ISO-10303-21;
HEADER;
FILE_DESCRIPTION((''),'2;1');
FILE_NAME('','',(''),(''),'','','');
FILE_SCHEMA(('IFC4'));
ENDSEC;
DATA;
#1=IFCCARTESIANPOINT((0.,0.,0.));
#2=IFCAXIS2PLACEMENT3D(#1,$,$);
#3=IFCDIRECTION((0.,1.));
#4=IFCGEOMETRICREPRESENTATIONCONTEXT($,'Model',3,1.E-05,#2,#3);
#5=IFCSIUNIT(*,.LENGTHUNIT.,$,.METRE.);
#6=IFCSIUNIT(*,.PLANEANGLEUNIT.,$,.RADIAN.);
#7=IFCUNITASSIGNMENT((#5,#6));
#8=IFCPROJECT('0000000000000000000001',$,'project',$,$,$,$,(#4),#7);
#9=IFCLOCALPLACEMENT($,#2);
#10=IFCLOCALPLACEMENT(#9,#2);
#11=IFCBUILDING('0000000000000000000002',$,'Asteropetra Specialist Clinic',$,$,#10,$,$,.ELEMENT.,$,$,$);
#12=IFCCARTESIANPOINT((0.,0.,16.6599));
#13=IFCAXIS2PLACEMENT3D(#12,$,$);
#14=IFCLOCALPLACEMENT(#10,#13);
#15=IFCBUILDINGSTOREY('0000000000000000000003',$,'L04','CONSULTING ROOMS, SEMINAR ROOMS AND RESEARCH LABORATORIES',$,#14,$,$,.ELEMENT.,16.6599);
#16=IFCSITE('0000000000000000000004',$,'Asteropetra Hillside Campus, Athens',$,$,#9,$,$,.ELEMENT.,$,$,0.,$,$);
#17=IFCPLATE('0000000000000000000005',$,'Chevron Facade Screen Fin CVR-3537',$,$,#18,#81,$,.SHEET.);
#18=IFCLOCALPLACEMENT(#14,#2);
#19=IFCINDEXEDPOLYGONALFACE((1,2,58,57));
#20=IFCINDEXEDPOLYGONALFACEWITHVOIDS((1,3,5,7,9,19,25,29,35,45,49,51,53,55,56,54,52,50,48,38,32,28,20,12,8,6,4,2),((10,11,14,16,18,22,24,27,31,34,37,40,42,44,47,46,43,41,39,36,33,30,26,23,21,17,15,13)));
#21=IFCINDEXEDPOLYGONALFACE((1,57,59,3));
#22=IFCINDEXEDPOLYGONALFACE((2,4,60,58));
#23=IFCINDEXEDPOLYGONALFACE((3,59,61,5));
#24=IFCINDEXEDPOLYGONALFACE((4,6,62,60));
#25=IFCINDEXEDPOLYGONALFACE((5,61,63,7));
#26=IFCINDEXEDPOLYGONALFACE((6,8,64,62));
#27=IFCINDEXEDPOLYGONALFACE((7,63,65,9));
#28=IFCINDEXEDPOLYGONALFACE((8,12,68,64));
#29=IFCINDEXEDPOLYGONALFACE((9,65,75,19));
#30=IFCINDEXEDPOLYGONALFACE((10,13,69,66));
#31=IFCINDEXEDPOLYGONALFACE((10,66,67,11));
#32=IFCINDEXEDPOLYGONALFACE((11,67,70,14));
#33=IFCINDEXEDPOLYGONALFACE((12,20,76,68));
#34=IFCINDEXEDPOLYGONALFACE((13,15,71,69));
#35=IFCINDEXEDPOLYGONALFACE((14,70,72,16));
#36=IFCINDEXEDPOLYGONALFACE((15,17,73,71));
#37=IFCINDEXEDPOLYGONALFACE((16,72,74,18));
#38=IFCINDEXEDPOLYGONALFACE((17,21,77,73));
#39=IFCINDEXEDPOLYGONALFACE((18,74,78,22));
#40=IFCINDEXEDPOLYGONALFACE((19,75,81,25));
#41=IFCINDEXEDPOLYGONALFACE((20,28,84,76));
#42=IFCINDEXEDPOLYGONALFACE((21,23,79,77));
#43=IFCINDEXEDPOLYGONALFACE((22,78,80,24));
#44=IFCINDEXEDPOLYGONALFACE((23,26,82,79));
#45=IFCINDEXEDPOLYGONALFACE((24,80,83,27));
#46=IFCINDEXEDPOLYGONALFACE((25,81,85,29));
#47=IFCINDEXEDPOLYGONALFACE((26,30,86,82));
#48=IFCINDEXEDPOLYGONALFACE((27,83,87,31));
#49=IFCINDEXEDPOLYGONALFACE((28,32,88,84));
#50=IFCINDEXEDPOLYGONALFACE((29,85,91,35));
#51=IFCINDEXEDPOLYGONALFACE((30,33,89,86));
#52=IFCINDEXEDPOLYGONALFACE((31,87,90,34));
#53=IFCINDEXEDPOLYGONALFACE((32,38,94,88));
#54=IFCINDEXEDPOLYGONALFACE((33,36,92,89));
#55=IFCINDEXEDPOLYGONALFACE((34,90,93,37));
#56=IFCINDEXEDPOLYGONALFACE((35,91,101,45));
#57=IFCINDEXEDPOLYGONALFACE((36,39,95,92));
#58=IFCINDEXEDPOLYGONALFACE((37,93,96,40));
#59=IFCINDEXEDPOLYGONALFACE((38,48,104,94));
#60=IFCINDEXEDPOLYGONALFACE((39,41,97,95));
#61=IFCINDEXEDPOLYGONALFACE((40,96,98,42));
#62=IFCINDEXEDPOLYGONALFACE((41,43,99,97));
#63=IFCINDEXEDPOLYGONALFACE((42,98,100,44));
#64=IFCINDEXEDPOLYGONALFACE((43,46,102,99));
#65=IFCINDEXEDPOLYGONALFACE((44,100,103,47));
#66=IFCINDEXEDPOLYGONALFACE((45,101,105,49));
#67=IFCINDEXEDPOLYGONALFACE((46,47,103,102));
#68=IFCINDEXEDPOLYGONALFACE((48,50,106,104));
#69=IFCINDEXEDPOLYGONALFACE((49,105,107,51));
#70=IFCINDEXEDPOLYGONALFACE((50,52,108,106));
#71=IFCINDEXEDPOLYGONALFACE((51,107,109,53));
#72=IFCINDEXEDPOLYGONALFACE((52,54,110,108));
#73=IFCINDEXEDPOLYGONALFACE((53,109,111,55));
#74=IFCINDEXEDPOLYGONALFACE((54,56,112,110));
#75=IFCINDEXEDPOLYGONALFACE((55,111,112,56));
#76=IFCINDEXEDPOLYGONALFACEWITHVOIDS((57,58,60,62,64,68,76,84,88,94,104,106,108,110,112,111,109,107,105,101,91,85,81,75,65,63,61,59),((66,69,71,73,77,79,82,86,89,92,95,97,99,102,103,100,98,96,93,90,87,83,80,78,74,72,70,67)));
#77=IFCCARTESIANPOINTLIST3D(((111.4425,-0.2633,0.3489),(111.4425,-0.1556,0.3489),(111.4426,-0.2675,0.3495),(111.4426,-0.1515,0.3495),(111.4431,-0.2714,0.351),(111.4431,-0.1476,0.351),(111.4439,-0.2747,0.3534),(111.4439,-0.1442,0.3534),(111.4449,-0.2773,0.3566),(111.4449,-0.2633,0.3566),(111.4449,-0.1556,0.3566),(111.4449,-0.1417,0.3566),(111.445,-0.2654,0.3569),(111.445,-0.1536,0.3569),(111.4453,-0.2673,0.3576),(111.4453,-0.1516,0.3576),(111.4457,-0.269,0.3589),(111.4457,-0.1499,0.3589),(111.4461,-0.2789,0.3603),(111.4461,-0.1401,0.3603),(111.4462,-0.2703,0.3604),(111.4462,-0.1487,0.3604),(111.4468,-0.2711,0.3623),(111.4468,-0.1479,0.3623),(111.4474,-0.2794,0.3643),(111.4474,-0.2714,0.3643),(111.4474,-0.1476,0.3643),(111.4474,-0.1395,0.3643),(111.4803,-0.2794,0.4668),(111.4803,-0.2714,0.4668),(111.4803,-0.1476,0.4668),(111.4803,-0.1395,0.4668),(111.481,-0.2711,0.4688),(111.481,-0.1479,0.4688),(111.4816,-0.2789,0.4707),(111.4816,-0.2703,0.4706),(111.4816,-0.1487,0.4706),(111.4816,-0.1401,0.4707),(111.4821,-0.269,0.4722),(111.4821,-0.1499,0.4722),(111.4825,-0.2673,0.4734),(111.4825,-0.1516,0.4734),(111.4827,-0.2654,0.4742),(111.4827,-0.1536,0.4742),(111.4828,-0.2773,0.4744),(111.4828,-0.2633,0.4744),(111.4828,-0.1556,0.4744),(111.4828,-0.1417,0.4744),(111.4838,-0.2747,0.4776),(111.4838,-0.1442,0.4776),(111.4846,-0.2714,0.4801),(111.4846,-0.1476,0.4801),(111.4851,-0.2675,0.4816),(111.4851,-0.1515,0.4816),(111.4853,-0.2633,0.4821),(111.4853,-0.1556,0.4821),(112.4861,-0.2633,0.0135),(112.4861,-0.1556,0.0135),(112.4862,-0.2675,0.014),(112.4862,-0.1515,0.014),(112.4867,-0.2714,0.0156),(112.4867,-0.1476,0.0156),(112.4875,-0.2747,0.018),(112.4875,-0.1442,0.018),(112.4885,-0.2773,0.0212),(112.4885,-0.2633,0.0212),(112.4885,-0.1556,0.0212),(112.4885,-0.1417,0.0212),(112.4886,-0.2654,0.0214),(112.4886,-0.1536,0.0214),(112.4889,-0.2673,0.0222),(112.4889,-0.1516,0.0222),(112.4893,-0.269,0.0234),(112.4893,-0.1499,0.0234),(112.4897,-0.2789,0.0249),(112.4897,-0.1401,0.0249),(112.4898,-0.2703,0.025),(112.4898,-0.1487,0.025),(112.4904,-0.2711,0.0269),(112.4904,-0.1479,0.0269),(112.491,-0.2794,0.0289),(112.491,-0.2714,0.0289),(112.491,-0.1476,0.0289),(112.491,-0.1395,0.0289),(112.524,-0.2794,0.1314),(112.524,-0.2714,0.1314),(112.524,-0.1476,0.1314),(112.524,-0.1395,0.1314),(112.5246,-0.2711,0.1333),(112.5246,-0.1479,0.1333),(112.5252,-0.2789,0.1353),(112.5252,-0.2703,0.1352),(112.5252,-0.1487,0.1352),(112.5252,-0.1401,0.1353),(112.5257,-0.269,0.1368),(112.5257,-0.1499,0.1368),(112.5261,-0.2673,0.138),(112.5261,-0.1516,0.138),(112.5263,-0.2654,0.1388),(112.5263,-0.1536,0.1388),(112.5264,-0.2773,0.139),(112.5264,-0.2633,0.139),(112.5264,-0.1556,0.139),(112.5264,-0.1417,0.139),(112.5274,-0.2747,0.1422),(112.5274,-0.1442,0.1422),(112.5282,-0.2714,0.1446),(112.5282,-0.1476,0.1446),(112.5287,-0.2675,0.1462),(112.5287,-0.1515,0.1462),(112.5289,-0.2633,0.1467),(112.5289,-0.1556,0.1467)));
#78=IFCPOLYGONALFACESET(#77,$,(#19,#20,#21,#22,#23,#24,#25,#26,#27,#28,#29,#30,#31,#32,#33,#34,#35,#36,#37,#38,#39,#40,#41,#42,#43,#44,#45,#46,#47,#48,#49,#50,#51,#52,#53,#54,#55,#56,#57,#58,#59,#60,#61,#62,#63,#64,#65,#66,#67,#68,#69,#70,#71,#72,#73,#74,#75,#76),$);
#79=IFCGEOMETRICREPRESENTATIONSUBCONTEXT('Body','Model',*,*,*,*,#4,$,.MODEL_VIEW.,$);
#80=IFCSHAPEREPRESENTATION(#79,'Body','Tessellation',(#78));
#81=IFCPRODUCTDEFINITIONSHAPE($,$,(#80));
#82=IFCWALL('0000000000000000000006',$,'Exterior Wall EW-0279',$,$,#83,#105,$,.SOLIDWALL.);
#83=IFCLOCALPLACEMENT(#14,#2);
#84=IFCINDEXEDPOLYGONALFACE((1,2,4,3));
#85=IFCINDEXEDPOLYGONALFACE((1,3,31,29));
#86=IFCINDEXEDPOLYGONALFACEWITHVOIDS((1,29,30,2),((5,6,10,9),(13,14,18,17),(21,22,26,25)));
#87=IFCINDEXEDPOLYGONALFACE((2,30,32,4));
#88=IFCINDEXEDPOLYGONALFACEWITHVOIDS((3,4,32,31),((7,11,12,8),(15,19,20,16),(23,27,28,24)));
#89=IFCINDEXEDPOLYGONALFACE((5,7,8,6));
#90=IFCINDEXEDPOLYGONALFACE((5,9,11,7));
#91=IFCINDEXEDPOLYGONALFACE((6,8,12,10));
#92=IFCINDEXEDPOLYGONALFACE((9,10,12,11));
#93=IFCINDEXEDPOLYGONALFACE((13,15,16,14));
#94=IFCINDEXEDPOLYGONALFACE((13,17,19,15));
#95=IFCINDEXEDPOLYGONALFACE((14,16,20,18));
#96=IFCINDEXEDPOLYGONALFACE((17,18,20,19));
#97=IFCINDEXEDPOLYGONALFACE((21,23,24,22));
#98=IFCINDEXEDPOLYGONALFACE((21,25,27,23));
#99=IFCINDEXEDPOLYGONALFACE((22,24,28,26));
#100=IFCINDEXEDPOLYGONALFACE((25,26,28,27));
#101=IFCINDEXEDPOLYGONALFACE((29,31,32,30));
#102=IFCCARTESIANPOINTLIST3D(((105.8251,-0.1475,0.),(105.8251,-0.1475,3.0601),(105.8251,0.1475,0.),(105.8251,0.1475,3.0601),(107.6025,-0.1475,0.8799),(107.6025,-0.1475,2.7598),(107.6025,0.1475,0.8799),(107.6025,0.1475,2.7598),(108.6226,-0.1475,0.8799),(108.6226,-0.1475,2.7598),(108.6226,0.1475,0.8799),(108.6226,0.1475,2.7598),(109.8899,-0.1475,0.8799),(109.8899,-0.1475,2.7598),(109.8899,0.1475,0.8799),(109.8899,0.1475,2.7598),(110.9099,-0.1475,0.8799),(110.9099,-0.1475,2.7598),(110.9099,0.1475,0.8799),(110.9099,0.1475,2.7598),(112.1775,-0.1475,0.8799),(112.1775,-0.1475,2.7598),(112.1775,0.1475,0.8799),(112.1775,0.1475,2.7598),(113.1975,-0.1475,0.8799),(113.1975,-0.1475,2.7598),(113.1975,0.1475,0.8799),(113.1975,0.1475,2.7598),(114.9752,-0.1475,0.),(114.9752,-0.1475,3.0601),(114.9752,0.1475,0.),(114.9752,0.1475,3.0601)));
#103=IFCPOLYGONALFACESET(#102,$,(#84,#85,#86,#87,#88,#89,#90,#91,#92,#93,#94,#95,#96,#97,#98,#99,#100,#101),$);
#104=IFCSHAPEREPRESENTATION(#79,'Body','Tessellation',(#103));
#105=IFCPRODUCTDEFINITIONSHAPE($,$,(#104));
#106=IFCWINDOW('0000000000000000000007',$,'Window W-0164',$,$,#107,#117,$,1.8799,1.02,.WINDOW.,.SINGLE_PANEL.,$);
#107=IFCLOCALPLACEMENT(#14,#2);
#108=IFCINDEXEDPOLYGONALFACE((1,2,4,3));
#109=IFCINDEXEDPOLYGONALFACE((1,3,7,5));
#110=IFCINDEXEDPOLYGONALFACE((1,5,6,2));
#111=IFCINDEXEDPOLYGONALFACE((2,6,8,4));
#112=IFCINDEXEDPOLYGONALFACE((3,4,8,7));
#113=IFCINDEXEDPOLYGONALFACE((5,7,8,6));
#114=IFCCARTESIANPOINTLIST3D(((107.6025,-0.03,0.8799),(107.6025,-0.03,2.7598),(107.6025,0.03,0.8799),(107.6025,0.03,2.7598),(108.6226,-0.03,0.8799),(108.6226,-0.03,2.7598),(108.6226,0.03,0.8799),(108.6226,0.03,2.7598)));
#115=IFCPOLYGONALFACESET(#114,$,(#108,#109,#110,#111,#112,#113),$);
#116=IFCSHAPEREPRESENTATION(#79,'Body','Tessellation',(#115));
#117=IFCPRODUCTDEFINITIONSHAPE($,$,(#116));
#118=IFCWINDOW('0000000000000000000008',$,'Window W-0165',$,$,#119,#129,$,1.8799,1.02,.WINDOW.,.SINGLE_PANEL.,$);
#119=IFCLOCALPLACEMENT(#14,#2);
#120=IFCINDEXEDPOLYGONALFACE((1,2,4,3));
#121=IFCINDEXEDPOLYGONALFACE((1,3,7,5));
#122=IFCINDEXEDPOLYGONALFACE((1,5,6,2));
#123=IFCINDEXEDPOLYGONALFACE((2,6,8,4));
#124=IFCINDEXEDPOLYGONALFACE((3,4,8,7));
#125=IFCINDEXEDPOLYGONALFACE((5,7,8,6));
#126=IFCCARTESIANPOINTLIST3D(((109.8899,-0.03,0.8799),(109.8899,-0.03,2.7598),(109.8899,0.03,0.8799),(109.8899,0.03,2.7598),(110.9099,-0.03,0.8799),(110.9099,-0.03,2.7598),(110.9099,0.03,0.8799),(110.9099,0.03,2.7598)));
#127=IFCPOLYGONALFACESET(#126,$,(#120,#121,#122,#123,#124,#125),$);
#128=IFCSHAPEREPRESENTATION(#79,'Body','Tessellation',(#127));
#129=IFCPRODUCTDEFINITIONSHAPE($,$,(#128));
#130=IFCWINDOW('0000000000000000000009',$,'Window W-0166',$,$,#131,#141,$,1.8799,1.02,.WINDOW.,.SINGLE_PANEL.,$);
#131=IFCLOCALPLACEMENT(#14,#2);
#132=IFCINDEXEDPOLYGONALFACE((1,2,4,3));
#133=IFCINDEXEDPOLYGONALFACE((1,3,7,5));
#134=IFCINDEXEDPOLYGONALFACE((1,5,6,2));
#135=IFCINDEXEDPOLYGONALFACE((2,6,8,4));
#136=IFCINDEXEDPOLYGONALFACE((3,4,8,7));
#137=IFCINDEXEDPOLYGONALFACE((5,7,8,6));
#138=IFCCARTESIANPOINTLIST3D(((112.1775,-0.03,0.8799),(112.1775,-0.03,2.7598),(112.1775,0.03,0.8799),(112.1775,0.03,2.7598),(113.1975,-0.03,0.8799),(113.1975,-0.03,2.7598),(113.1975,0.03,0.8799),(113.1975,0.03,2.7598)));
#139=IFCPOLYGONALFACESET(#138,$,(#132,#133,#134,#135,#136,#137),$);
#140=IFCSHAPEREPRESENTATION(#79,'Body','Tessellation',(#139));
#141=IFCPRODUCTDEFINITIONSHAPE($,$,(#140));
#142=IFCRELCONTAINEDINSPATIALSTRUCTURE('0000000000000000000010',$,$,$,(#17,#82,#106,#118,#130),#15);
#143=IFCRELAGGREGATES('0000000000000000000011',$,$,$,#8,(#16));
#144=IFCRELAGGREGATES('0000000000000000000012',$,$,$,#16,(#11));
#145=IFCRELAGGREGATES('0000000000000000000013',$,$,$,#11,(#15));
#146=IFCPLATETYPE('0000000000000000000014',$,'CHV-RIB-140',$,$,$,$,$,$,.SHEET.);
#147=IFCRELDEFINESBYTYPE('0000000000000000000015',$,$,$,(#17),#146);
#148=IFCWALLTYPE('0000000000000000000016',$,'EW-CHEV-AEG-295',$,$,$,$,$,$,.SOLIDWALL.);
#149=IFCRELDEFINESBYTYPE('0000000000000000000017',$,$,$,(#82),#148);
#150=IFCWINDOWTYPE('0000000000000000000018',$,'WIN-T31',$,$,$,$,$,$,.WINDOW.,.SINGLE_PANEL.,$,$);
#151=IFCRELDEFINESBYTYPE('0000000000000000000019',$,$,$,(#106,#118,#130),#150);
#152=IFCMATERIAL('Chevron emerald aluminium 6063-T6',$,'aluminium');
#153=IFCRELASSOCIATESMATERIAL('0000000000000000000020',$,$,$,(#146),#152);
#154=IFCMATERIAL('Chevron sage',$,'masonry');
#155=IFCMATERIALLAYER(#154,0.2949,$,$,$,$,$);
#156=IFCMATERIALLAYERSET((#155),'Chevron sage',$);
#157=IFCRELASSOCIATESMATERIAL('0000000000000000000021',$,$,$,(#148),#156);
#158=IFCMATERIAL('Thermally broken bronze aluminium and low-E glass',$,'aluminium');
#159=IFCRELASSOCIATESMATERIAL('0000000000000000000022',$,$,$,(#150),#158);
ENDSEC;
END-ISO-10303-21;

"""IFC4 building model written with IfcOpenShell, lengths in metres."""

from ifc_helpers import new_model, si_unit, direction, frame, frame_2d, origin, origin_2d, place, context, subcontext, project, spatial, rectangle, hollow_rectangle, extrude, material, layer, layer_set, material_profile, profile_set, type_object, element, fill, save


model = new_model("IFC4")

# Units and contexts
model_context = context("Model", 3, precision=1e-05, world=origin(), true_north=direction((0.0, 1.0)))
body_context = subcontext(model_context, "Body", "Model", "MODEL_VIEW")
ifc_project = project(units=[si_unit("LENGTHUNIT", "METRE"), si_unit("PLANEANGLEUNIT", "RADIAN")], contexts=[model_context])

# Site, building, storey
site_placement = place(None, origin())
site = spatial("IfcSite", under=ifc_project, at=site_placement, Name="Asteropetra Hillside Campus, Athens", CompositionType="ELEMENT", RefElevation=0.0)
building_placement = place(site_placement, origin())
building = spatial("IfcBuilding", under=site, at=building_placement, Name="Asteropetra Specialist Clinic", CompositionType="ELEMENT")
storey_placement = place(building_placement, frame((0.0, 0.0, 16.6599)))
storey = spatial("IfcBuildingStorey", under=building, at=storey_placement, Name="L04", Description="CONSULTING ROOMS, SEMINAR ROOMS AND RESEARCH LABORATORIES", CompositionType="ELEMENT", Elevation=16.6599)

# Plate
ifc_material_1 = material(Name="Chevron emerald aluminium 6063-T6", Category="aluminium")
ifc_material_profile_1 = material_profile(ifc_material_1, hollow_rectangle(XDim=0.1399, YDim=0.1399, WallThickness=0.0081, InnerFilletRadius=0.0081, OuterFilletRadius=0.0161, at=origin_2d()), Name="SHS 140x140x8.0")
ifc_profile_set_1 = profile_set([ifc_material_profile_1], Name="Chevron emerald aluminium 6063-T6")
plate_type = type_object("IfcPlateType", Name="CHV-RIB-140", PredefinedType="SHEET", material=ifc_profile_set_1)
plate_1_placement = place(storey_placement, frame((111.4639, -0.2095, 0.4155), z_axis=(0.952036, 0.0, -0.305988), x_axis=(0.0, 1.0, 0.0)))
element("IfcPlate", 1, at=plate_1_placement, inside=storey, type_object=plate_type, Name="Chevron Facade Screen Fin CVR-3537", PredefinedType="SHEET", context=body_context, shape_type="SweptSolid", body=[
    extrude(hollow_rectangle(XDim=0.1399, YDim=0.1399, WallThickness=0.0081, InnerFilletRadius=0.0081, OuterFilletRadius=0.0161, at=origin_2d()), origin(), (0.0, 0.0, 1.0), 1.0962),
])

# Wall, openings, windows
ifc_material_2 = material(Name="Chevron sage", Category="masonry")
ifc_layer_1 = layer(ifc_material_2, 0.2949)
ifc_layer_set_1 = layer_set([ifc_layer_1], Name="Chevron sage")
wall_type = type_object("IfcWallType", Name="EW-CHEV-AEG-295", PredefinedType="SOLIDWALL", material=ifc_layer_set_1)
wall_1_placement = place(storey_placement, frame((105.825, 0.0, 0.0), z_axis=(0.0, 0.0, 1.0), x_axis=(1.0, 0.0, 0.0)))
wall_1 = element("IfcWall", 2, at=wall_1_placement, inside=storey, type_object=wall_type, Name="Exterior Wall EW-0279", PredefinedType="SOLIDWALL", context=body_context, shape_type="SweptSolid", body=[
    extrude(rectangle(XDim=9.1501, YDim=0.2949, at=frame_2d((4.5752, 0.0))), origin(), (0.0, 0.0, 1.0), 3.0601),
])
opening_1_placement = place(wall_1_placement, frame((1.7776, 0.0, 0.8799)))
opening_1 = element("IfcOpeningElement", 3, at=opening_1_placement, cuts=wall_1, PredefinedType="OPENING", context=body_context, shape_type="SweptSolid", body=[
    extrude(rectangle(XDim=1.02, YDim=1.8799, at=frame_2d((0.51, 0.9399))), frame((0.0, 0.1575, 0.0), z_axis=(0.0, -1.0, 0.0), x_axis=(1.0, 0.0, 0.0)), (0.0, 0.0, 1.0), 0.3149),
])
opening_2_placement = place(wall_1_placement, frame((4.0649, 0.0, 0.8799)))
opening_2 = element("IfcOpeningElement", 4, at=opening_2_placement, cuts=wall_1, PredefinedType="OPENING", context=body_context, shape_type="SweptSolid", body=[
    extrude(rectangle(XDim=1.02, YDim=1.8799, at=frame_2d((0.51, 0.9399))), frame((0.0, 0.1575, 0.0), z_axis=(0.0, -1.0, 0.0), x_axis=(1.0, 0.0, 0.0)), (0.0, 0.0, 1.0), 0.3149),
])
opening_3_placement = place(wall_1_placement, frame((6.3525, 0.0, 0.8799)))
opening_3 = element("IfcOpeningElement", 5, at=opening_3_placement, cuts=wall_1, PredefinedType="OPENING", context=body_context, shape_type="SweptSolid", body=[
    extrude(rectangle(XDim=1.02, YDim=1.8799, at=frame_2d((0.51, 0.9399))), frame((0.0, 0.1575, 0.0), z_axis=(0.0, -1.0, 0.0), x_axis=(1.0, 0.0, 0.0)), (0.0, 0.0, 1.0), 0.3149),
])
ifc_material_3 = material(Name="Thermally broken bronze aluminium and low-E glass", Category="aluminium")
window_type = type_object("IfcWindowType", Name="WIN-T31", PartitioningType="SINGLE_PANEL", PredefinedType="WINDOW", material=ifc_material_3)
window_1_placement = place(opening_1_placement, origin())
window_1 = element("IfcWindow", 6, at=window_1_placement, inside=storey, type_object=window_type, Name="Window W-0164", OverallHeight=1.8799, OverallWidth=1.02, PartitioningType="SINGLE_PANEL", PredefinedType="WINDOW", context=body_context, shape_type="SweptSolid", body=[
    extrude(rectangle(XDim=1.02, YDim=1.8799, at=frame_2d((0.51, 0.9399))), frame((0.0, 0.03, 0.0), z_axis=(0.0, -1.0, 0.0), x_axis=(1.0, 0.0, 0.0)), (0.0, 0.0, 1.0), 0.0601),
])
fill(opening_1, window_1)
window_2_placement = place(opening_2_placement, origin())
window_2 = element("IfcWindow", 7, at=window_2_placement, inside=storey, type_object=window_type, Name="Window W-0165", OverallHeight=1.8799, OverallWidth=1.02, PartitioningType="SINGLE_PANEL", PredefinedType="WINDOW", context=body_context, shape_type="SweptSolid", body=[
    extrude(rectangle(XDim=1.02, YDim=1.8799, at=frame_2d((0.51, 0.9399))), frame((0.0, 0.03, 0.0), z_axis=(0.0, -1.0, 0.0), x_axis=(1.0, 0.0, 0.0)), (0.0, 0.0, 1.0), 0.0601),
])
fill(opening_2, window_2)
window_3_placement = place(opening_3_placement, origin())
window_3 = element("IfcWindow", 8, at=window_3_placement, inside=storey, type_object=window_type, Name="Window W-0166", OverallHeight=1.8799, OverallWidth=1.02, PartitioningType="SINGLE_PANEL", PredefinedType="WINDOW", context=body_context, shape_type="SweptSolid", body=[
    extrude(rectangle(XDim=1.02, YDim=1.8799, at=frame_2d((0.51, 0.9399))), frame((0.0, 0.03, 0.0), z_axis=(0.0, -1.0, 0.0), x_axis=(1.0, 0.0, 0.0)), (0.0, 0.0, 1.0), 0.0601),
])
fill(opening_3, window_3)

save(model, "model.ifc")
